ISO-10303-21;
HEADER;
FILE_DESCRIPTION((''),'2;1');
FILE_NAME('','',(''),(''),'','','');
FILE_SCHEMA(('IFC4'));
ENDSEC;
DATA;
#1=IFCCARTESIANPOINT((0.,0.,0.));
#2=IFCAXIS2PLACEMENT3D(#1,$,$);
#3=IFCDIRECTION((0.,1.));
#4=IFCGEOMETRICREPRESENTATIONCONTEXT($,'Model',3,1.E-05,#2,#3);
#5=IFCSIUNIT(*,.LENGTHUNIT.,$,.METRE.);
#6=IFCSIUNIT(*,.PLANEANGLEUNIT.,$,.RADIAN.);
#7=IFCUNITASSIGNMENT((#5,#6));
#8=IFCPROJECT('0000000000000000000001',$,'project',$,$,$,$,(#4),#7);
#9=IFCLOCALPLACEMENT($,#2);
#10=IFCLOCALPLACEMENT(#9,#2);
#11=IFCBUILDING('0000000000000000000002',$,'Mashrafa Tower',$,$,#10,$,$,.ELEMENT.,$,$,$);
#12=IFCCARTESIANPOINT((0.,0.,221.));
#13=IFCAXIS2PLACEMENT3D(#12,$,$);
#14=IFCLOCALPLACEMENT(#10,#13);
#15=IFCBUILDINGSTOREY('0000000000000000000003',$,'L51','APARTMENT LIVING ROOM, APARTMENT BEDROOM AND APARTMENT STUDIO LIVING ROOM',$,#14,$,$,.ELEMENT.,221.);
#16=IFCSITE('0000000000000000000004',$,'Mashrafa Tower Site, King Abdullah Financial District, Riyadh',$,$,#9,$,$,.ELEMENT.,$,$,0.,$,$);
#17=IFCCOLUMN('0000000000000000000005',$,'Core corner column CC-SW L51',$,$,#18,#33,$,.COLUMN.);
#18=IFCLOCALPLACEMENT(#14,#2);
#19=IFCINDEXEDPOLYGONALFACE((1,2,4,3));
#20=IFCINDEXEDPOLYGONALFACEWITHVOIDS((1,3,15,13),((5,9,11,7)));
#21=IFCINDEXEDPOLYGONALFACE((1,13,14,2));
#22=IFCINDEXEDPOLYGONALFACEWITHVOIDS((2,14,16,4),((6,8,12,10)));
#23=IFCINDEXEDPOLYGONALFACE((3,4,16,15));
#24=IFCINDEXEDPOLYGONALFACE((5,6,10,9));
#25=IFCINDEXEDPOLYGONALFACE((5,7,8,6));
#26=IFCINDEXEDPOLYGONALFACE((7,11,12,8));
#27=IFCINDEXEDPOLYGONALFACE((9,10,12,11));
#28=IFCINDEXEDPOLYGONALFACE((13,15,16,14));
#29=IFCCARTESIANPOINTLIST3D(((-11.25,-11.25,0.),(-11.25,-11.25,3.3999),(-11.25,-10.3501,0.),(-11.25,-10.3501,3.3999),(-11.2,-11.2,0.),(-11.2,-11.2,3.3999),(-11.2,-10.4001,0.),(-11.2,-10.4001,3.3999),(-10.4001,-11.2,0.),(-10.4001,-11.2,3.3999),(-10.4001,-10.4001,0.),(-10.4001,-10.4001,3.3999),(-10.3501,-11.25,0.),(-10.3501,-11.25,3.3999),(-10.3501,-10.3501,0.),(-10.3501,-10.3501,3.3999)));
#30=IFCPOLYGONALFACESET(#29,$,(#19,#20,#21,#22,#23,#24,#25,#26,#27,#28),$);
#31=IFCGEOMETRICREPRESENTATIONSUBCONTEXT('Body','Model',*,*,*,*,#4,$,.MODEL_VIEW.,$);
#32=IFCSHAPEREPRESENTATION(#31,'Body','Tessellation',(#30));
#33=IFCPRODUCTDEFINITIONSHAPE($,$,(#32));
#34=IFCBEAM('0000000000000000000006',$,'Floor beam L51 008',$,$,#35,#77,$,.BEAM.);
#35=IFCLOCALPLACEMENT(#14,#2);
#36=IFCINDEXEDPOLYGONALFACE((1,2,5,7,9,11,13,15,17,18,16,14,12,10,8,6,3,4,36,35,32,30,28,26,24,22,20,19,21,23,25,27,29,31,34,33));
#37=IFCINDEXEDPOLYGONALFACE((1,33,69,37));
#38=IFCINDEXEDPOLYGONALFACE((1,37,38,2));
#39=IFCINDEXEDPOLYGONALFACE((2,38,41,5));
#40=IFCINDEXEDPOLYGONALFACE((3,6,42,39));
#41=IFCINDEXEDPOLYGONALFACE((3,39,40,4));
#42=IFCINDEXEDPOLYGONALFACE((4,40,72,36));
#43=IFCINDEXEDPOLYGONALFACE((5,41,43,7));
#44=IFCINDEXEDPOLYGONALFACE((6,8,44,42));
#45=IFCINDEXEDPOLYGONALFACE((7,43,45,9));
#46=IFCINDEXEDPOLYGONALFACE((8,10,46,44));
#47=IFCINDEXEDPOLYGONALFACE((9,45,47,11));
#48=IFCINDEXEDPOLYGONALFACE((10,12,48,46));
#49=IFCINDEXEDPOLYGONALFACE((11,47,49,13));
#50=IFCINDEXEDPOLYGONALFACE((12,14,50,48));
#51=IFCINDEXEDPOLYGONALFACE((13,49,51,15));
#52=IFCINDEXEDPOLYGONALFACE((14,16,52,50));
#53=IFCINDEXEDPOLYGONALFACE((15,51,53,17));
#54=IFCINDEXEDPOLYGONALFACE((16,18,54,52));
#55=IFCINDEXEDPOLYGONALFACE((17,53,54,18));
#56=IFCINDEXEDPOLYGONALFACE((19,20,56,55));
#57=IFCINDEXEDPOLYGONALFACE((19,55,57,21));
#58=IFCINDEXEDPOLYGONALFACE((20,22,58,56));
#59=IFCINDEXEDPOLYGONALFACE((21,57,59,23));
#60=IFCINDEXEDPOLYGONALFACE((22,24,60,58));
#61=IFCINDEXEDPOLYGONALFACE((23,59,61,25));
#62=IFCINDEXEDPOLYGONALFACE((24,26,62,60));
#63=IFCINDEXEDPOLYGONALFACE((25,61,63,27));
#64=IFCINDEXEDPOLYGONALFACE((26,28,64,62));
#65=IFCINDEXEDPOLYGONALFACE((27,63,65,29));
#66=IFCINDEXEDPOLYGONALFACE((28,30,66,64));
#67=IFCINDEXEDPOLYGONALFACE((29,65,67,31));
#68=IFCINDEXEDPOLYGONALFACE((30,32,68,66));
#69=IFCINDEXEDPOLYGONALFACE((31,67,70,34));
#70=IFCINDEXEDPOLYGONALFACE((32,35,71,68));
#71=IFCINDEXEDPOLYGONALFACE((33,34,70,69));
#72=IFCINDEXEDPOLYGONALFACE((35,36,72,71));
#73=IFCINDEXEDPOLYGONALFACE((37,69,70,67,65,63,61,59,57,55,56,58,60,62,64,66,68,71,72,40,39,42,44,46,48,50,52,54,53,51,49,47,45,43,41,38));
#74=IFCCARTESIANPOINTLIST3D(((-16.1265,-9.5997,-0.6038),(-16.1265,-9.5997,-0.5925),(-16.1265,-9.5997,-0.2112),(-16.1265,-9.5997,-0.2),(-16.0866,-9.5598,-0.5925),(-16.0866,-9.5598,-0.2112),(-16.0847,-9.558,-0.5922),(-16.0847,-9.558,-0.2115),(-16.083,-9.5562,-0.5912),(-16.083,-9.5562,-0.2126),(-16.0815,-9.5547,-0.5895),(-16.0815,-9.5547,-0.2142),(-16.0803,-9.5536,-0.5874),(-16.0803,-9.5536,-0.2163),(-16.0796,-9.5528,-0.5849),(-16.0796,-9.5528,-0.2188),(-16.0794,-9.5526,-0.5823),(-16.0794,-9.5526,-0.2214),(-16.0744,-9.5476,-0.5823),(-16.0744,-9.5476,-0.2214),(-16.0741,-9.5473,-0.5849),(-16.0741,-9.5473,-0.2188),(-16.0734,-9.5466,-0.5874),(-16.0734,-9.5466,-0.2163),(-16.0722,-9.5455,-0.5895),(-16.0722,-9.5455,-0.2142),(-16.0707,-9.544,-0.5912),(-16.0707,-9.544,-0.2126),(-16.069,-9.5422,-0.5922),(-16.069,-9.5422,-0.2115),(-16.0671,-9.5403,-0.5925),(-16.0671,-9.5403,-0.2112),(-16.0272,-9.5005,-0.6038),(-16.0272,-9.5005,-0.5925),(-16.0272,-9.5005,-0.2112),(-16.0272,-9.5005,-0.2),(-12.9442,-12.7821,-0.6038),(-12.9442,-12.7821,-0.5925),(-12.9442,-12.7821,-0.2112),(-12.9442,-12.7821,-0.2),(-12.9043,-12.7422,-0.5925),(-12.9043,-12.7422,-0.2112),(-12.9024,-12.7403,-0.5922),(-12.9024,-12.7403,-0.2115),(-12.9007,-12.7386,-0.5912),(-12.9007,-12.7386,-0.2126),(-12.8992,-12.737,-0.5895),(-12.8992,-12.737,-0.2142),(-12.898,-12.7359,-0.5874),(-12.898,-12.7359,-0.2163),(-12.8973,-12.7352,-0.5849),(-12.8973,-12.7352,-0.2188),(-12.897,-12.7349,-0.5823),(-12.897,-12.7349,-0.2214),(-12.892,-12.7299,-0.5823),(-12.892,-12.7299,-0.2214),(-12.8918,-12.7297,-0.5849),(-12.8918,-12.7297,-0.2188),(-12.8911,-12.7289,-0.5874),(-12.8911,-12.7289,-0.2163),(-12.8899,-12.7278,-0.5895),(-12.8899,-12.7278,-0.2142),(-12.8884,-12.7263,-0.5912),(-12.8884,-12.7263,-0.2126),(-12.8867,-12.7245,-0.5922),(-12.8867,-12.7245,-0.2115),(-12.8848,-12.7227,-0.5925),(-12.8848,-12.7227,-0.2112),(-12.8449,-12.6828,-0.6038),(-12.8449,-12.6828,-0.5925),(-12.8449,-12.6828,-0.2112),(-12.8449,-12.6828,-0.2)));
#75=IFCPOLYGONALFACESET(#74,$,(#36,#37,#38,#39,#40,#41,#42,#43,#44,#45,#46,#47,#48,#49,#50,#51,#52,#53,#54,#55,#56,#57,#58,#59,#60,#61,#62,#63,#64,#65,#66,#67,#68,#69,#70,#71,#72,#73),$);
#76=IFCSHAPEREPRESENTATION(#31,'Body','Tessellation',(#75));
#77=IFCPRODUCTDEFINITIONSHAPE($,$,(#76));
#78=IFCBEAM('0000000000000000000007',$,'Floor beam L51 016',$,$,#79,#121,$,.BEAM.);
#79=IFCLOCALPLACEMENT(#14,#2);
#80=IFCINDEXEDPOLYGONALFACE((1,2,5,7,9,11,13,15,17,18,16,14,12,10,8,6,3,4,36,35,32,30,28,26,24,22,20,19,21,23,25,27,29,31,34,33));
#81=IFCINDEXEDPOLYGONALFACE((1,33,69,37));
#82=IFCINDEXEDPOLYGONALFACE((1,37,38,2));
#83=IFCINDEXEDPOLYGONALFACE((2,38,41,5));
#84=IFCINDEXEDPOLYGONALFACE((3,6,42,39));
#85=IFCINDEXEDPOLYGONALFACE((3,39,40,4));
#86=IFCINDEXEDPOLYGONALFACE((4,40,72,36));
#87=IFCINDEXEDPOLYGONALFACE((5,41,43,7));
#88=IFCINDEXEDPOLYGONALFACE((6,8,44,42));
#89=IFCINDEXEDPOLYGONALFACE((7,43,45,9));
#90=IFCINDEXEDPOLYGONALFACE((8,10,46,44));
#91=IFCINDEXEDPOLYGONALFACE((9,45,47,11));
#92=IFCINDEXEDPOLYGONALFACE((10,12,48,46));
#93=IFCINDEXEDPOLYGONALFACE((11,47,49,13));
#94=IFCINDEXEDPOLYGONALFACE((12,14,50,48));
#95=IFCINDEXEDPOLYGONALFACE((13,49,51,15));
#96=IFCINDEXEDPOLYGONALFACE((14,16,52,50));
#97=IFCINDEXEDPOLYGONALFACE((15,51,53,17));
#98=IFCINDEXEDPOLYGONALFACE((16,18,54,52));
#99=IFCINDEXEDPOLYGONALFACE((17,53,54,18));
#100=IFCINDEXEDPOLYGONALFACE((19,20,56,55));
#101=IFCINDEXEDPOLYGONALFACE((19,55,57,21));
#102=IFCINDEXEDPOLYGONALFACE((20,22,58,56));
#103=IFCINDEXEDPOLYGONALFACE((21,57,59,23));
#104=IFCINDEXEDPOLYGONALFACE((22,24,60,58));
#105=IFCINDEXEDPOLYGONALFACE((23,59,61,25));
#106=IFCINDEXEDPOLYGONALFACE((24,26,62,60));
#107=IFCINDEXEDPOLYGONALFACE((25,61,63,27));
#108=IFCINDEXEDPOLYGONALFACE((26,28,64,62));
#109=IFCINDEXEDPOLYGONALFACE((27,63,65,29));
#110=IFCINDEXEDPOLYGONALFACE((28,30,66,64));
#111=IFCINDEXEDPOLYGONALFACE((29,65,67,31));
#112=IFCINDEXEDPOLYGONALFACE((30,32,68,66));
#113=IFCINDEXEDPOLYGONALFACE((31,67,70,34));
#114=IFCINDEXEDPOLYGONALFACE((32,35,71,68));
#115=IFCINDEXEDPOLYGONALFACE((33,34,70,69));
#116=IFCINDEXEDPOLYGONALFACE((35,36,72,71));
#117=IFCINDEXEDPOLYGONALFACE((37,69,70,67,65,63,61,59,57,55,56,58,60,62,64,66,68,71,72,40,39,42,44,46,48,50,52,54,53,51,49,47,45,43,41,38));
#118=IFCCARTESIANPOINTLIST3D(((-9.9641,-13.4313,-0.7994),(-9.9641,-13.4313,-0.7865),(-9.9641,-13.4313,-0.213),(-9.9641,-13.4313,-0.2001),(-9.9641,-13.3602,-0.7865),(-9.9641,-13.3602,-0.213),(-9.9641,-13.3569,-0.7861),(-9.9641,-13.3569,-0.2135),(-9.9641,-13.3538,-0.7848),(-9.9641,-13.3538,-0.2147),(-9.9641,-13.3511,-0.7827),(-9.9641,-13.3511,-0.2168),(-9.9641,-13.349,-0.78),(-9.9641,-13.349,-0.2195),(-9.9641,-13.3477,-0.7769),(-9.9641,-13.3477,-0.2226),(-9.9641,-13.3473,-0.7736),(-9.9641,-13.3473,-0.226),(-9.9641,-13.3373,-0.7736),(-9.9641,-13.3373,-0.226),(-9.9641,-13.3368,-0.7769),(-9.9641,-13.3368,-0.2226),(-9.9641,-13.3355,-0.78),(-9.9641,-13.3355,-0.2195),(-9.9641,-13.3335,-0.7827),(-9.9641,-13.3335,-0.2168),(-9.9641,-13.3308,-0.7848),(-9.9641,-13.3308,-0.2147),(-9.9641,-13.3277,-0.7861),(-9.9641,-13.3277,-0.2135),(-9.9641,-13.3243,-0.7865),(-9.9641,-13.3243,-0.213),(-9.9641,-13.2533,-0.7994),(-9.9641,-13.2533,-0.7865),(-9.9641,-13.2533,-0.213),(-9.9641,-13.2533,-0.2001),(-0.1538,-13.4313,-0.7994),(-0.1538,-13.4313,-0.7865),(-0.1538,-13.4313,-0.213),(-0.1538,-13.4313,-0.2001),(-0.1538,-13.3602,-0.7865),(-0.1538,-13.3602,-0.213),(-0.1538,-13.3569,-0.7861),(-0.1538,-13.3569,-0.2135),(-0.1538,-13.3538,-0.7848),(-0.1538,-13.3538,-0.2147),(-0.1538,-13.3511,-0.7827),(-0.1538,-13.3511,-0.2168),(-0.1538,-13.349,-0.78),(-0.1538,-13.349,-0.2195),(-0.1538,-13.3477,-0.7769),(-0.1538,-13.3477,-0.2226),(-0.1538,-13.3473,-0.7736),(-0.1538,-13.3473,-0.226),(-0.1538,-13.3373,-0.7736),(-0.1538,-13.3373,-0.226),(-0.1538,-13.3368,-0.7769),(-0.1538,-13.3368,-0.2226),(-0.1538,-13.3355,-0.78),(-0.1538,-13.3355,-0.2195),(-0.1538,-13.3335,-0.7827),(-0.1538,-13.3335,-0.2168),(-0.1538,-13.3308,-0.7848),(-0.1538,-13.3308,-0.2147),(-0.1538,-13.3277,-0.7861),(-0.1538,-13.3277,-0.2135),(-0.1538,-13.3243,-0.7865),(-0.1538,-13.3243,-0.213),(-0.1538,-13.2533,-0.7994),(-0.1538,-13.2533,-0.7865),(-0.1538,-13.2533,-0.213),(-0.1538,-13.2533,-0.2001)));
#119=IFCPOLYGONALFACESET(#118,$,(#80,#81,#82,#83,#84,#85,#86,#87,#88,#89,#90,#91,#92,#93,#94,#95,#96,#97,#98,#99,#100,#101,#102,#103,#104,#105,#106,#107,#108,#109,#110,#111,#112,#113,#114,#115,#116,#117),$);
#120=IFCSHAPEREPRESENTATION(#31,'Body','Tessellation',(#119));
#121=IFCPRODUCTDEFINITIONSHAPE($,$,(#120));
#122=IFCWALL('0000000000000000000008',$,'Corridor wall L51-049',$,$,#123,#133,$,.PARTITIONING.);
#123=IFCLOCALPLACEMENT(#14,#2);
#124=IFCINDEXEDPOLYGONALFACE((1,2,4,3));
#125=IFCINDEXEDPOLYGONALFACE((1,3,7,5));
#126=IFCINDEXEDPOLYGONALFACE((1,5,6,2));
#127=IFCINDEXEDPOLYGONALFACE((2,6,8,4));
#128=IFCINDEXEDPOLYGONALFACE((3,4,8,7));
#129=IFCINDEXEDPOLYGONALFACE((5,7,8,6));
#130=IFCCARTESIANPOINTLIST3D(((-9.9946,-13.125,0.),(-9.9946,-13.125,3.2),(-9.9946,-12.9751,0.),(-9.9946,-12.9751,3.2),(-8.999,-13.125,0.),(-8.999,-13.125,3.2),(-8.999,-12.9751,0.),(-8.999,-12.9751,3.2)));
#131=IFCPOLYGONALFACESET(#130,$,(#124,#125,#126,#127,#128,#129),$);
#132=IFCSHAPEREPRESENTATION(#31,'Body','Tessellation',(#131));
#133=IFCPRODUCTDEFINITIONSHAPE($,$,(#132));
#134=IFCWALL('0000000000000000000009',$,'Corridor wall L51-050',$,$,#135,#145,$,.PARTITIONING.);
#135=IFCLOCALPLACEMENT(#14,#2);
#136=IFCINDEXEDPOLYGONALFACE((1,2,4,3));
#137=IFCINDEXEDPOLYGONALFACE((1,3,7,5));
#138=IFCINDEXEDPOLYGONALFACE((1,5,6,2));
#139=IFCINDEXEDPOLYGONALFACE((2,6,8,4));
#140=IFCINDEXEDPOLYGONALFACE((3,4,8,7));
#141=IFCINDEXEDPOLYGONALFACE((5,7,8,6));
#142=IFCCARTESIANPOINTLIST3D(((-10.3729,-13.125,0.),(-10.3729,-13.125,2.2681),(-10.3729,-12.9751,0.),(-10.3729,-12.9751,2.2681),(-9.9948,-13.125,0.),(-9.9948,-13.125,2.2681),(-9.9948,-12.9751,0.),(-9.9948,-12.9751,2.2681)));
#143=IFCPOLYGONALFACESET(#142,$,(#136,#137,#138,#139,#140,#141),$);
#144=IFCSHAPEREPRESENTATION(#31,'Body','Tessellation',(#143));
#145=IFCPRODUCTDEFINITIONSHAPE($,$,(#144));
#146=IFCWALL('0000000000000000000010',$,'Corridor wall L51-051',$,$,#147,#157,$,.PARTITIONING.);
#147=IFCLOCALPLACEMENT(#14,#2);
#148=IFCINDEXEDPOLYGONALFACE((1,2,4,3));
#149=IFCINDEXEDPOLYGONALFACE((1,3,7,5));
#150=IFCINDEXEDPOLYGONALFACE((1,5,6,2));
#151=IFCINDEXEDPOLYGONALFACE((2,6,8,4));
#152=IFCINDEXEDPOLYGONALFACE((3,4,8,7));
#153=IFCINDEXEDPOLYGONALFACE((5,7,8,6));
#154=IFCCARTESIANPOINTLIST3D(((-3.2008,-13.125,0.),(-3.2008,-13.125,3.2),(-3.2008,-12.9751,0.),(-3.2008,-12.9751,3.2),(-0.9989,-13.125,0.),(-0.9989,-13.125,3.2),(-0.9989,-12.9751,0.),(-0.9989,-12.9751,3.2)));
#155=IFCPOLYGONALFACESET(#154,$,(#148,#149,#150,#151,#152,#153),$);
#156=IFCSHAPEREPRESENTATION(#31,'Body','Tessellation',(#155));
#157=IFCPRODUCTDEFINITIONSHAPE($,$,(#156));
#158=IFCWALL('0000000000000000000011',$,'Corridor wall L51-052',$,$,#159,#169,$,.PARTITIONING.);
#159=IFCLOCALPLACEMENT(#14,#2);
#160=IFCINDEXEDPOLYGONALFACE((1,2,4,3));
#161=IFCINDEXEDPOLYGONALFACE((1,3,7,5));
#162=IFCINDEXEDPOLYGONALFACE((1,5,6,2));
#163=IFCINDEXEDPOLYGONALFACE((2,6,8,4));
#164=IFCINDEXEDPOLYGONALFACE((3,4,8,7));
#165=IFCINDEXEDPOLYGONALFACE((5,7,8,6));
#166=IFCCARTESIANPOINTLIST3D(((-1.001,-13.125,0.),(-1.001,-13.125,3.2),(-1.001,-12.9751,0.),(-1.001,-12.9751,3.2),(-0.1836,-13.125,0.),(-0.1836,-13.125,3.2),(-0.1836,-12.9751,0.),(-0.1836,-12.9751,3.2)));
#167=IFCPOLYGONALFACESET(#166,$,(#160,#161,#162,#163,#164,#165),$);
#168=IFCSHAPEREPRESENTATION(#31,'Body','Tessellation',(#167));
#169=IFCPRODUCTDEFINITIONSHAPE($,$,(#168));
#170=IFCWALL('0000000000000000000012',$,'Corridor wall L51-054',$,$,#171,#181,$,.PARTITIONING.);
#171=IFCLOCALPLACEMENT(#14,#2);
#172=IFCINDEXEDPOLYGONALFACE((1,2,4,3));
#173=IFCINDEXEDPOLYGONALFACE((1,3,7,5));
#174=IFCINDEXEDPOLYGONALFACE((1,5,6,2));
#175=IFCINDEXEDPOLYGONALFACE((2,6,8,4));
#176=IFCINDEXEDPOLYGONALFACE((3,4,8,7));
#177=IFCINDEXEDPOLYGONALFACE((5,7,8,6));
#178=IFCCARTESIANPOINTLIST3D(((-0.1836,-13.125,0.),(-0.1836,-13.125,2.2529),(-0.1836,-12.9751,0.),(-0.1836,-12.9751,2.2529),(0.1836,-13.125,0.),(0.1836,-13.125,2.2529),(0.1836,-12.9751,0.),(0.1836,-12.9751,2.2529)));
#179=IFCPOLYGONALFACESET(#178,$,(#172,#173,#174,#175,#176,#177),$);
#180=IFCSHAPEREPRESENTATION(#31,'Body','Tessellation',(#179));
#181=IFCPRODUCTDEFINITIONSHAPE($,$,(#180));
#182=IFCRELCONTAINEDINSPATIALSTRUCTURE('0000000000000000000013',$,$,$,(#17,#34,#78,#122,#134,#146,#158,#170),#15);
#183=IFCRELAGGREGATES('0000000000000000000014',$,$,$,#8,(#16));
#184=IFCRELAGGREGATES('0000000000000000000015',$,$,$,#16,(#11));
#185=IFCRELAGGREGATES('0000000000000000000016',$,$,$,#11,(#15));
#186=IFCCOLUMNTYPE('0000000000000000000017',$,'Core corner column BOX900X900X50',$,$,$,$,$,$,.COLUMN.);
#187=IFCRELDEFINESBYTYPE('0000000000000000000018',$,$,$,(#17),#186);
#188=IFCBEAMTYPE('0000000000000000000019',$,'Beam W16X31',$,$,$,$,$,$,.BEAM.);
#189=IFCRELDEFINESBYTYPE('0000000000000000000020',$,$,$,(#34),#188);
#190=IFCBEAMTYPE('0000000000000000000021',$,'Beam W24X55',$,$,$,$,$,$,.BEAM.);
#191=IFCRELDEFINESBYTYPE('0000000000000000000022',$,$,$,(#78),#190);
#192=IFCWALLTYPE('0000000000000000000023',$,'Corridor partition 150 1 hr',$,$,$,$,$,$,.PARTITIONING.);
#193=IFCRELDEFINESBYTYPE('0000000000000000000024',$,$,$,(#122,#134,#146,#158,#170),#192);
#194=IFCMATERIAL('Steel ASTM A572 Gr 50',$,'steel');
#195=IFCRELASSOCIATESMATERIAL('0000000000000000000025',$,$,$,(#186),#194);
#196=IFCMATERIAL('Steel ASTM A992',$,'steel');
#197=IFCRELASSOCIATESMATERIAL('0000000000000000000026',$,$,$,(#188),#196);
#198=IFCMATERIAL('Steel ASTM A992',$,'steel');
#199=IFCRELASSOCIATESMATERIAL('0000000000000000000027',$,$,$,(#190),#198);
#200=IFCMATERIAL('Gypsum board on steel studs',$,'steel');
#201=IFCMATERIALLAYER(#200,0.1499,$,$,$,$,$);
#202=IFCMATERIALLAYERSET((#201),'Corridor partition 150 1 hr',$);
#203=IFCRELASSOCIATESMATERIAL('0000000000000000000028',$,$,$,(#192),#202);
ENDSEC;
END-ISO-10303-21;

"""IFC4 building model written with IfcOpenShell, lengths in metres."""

from ifc_helpers import new_model, si_unit, direction, frame, frame_2d, origin, origin_2d, place, context, subcontext, project, spatial, rectangle, hollow_rectangle, i_section, extrude, material, layer, layer_set, material_profile, profile_set, type_object, element, save


model = new_model("IFC4")

# Units and contexts
model_context = context("Model", 3, precision=1e-05, world=origin(), true_north=direction((0.0, 1.0)))
body_context = subcontext(model_context, "Body", "Model", "MODEL_VIEW")
ifc_project = project(units=[si_unit("LENGTHUNIT", "METRE"), si_unit("PLANEANGLEUNIT", "RADIAN")], contexts=[model_context])

# Site, building, storey
site_placement = place(None, origin())
site = spatial("IfcSite", under=ifc_project, at=site_placement, Name="Mashrafa Tower Site, King Abdullah Financial District, Riyadh", CompositionType="ELEMENT", RefElevation=0.0)
building_placement = place(site_placement, origin())
building = spatial("IfcBuilding", under=site, at=building_placement, Name="Mashrafa Tower", CompositionType="ELEMENT")
storey_placement = place(building_placement, frame((0.0, 0.0, 221.0)))
storey = spatial("IfcBuildingStorey", under=building, at=storey_placement, Name="L51", Description="APARTMENT LIVING ROOM, APARTMENT BEDROOM AND APARTMENT STUDIO LIVING ROOM", CompositionType="ELEMENT", Elevation=221.0)

# Column
ifc_material_1 = material(Name="Steel ASTM A572 Gr 50", Category="steel")
ifc_material_profile_1 = material_profile(ifc_material_1, hollow_rectangle(XDim=0.8999, YDim=0.8999, WallThickness=0.05, at=origin_2d()), Name="BOX900X900X50")
ifc_profile_set_1 = profile_set([ifc_material_profile_1], Name="Steel ASTM A572 Gr 50")
column_type = type_object("IfcColumnType", Name="Core corner column BOX900X900X50", PredefinedType="COLUMN", material=ifc_profile_set_1)
column_placement = place(storey_placement, frame((-10.8, -10.8, 0.0), z_axis=(0.0, 0.0, 1.0), x_axis=(1.0, 0.0, 0.0)))
element("IfcColumn", 1, at=column_placement, inside=storey, type_object=column_type, Name="Core corner column CC-SW L51", PredefinedType="COLUMN", context=body_context, shape_type="SweptSolid", body=[
    extrude(hollow_rectangle(XDim=0.8999, YDim=0.8999, WallThickness=0.05, at=origin_2d()), origin(), (0.0, 0.0, 1.0), 3.3999),
])

# Beams
ifc_material_2 = material(Name="Steel ASTM A992", Category="steel")
ifc_material_profile_2 = material_profile(ifc_material_2, i_section(OverallWidth=0.1404, OverallDepth=0.4038, WebThickness=0.0071, FlangeThickness=0.0112, FilletRadius=0.0103, at=origin_2d()), Name="W16X31")
ifc_profile_set_2 = profile_set([ifc_material_profile_2], Name="Steel ASTM A992")
beam_type_1 = type_object("IfcBeamType", Name="Beam W16X31", PredefinedType="BEAM", material=ifc_profile_set_2)
beam_1_placement = place(storey_placement, frame((-12.8945, -12.7324, -0.4019), z_axis=(-0.707107, 0.707107, 0.0), x_axis=(-0.707107, -0.707107, 0.0)))
element("IfcBeam", 2, at=beam_1_placement, inside=storey, type_object=beam_type_1, Name="Floor beam L51 008", PredefinedType="BEAM", context=body_context, shape_type="SweptSolid", body=[
    extrude(i_section(OverallWidth=0.1404, OverallDepth=0.4038, WebThickness=0.0071, FlangeThickness=0.0112, FilletRadius=0.0103, at=origin_2d()), origin(), (0.0, 0.0, 1.0), 4.5005),
])
ifc_material_3 = material(Name="Steel ASTM A992", Category="steel")
ifc_material_profile_3 = material_profile(ifc_material_3, i_section(OverallWidth=0.178, OverallDepth=0.5994, WebThickness=0.01, FlangeThickness=0.0129, FilletRadius=0.0129, at=origin_2d()), Name="W24X55")
ifc_profile_set_3 = profile_set([ifc_material_profile_3], Name="Steel ASTM A992")
beam_type_2 = type_object("IfcBeamType", Name="Beam W24X55", PredefinedType="BEAM", material=ifc_profile_set_3)
beam_2_placement = place(storey_placement, frame((-0.1538, -13.3423, -0.4998), z_axis=(-1.0, 0.0, 0.0), x_axis=(0.0, -1.0, 0.0)))
element("IfcBeam", 3, at=beam_2_placement, inside=storey, type_object=beam_type_2, Name="Floor beam L51 016", PredefinedType="BEAM", context=body_context, shape_type="SweptSolid", body=[
    extrude(i_section(OverallWidth=0.178, OverallDepth=0.5994, WebThickness=0.01, FlangeThickness=0.0129, FilletRadius=0.0129, at=origin_2d()), origin(), (0.0, 0.0, 1.0), 9.8103),
])

# Walls
ifc_material_4 = material(Name="Gypsum board on steel studs", Category="steel")
ifc_layer_1 = layer(ifc_material_4, 0.1499)
ifc_layer_set_1 = layer_set([ifc_layer_1], Name="Corridor partition 150 1 hr")
wall_type_1 = type_object("IfcWallType", Name="Corridor partition 150 1 hr", PredefinedType="PARTITIONING", material=ifc_layer_set_1)
wall_1_placement = place(storey_placement, frame((-9.9946, -13.05, 0.0), z_axis=(0.0, 0.0, 1.0), x_axis=(1.0, 0.0, 0.0)))
element("IfcWall", 4, at=wall_1_placement, inside=storey, type_object=wall_type_1, Name="Corridor wall L51-049", PredefinedType="PARTITIONING", context=body_context, shape_type="SweptSolid", body=[
    extrude(rectangle(XDim=0.9956, YDim=0.1499, at=frame_2d((0.4978, 0.0))), origin(), (0.0, 0.0, 1.0), 3.2),
])
wall_2_placement = place(storey_placement, frame((-10.3728, -13.05, 0.0), z_axis=(0.0, 0.0, 1.0), x_axis=(1.0, 0.0, 0.0)))
element("IfcWall", 5, at=wall_2_placement, inside=storey, type_object=wall_type_1, Name="Corridor wall L51-050", PredefinedType="PARTITIONING", context=body_context, shape_type="SweptSolid", body=[
    extrude(rectangle(XDim=0.3782, YDim=0.1499, at=frame_2d((0.189, 0.0))), origin(), (0.0, 0.0, 1.0), 2.2681),
])
wall_3_placement = place(storey_placement, frame((-3.2009, -13.05, 0.0), z_axis=(0.0, 0.0, 1.0), x_axis=(1.0, 0.0, 0.0)))
element("IfcWall", 6, at=wall_3_placement, inside=storey, type_object=wall_type_1, Name="Corridor wall L51-051", PredefinedType="PARTITIONING", context=body_context, shape_type="SweptSolid", body=[
    extrude(rectangle(XDim=2.2019, YDim=0.1499, at=frame_2d((1.1011, 0.0))), origin(), (0.0, 0.0, 1.0), 3.2),
])
wall_4_placement = place(storey_placement, frame((-1.001, -13.05, 0.0), z_axis=(0.0, 0.0, 1.0), x_axis=(1.0, 0.0, 0.0)))
element("IfcWall", 7, at=wall_4_placement, inside=storey, type_object=wall_type_1, Name="Corridor wall L51-052", PredefinedType="PARTITIONING", context=body_context, shape_type="SweptSolid", body=[
    extrude(rectangle(XDim=0.8174, YDim=0.1499, at=frame_2d((0.4087, 0.0))), origin(), (0.0, 0.0, 1.0), 3.2),
])
wall_5_placement = place(storey_placement, frame((-0.1836, -13.05, 0.0), z_axis=(0.0, 0.0, 1.0), x_axis=(1.0, 0.0, 0.0)))
element("IfcWall", 8, at=wall_5_placement, inside=storey, type_object=wall_type_1, Name="Corridor wall L51-054", PredefinedType="PARTITIONING", context=body_context, shape_type="SweptSolid", body=[
    extrude(rectangle(XDim=0.3672, YDim=0.1499, at=frame_2d((0.1836, 0.0))), origin(), (0.0, 0.0, 1.0), 2.2529),
])

save(model, "model.ifc")
